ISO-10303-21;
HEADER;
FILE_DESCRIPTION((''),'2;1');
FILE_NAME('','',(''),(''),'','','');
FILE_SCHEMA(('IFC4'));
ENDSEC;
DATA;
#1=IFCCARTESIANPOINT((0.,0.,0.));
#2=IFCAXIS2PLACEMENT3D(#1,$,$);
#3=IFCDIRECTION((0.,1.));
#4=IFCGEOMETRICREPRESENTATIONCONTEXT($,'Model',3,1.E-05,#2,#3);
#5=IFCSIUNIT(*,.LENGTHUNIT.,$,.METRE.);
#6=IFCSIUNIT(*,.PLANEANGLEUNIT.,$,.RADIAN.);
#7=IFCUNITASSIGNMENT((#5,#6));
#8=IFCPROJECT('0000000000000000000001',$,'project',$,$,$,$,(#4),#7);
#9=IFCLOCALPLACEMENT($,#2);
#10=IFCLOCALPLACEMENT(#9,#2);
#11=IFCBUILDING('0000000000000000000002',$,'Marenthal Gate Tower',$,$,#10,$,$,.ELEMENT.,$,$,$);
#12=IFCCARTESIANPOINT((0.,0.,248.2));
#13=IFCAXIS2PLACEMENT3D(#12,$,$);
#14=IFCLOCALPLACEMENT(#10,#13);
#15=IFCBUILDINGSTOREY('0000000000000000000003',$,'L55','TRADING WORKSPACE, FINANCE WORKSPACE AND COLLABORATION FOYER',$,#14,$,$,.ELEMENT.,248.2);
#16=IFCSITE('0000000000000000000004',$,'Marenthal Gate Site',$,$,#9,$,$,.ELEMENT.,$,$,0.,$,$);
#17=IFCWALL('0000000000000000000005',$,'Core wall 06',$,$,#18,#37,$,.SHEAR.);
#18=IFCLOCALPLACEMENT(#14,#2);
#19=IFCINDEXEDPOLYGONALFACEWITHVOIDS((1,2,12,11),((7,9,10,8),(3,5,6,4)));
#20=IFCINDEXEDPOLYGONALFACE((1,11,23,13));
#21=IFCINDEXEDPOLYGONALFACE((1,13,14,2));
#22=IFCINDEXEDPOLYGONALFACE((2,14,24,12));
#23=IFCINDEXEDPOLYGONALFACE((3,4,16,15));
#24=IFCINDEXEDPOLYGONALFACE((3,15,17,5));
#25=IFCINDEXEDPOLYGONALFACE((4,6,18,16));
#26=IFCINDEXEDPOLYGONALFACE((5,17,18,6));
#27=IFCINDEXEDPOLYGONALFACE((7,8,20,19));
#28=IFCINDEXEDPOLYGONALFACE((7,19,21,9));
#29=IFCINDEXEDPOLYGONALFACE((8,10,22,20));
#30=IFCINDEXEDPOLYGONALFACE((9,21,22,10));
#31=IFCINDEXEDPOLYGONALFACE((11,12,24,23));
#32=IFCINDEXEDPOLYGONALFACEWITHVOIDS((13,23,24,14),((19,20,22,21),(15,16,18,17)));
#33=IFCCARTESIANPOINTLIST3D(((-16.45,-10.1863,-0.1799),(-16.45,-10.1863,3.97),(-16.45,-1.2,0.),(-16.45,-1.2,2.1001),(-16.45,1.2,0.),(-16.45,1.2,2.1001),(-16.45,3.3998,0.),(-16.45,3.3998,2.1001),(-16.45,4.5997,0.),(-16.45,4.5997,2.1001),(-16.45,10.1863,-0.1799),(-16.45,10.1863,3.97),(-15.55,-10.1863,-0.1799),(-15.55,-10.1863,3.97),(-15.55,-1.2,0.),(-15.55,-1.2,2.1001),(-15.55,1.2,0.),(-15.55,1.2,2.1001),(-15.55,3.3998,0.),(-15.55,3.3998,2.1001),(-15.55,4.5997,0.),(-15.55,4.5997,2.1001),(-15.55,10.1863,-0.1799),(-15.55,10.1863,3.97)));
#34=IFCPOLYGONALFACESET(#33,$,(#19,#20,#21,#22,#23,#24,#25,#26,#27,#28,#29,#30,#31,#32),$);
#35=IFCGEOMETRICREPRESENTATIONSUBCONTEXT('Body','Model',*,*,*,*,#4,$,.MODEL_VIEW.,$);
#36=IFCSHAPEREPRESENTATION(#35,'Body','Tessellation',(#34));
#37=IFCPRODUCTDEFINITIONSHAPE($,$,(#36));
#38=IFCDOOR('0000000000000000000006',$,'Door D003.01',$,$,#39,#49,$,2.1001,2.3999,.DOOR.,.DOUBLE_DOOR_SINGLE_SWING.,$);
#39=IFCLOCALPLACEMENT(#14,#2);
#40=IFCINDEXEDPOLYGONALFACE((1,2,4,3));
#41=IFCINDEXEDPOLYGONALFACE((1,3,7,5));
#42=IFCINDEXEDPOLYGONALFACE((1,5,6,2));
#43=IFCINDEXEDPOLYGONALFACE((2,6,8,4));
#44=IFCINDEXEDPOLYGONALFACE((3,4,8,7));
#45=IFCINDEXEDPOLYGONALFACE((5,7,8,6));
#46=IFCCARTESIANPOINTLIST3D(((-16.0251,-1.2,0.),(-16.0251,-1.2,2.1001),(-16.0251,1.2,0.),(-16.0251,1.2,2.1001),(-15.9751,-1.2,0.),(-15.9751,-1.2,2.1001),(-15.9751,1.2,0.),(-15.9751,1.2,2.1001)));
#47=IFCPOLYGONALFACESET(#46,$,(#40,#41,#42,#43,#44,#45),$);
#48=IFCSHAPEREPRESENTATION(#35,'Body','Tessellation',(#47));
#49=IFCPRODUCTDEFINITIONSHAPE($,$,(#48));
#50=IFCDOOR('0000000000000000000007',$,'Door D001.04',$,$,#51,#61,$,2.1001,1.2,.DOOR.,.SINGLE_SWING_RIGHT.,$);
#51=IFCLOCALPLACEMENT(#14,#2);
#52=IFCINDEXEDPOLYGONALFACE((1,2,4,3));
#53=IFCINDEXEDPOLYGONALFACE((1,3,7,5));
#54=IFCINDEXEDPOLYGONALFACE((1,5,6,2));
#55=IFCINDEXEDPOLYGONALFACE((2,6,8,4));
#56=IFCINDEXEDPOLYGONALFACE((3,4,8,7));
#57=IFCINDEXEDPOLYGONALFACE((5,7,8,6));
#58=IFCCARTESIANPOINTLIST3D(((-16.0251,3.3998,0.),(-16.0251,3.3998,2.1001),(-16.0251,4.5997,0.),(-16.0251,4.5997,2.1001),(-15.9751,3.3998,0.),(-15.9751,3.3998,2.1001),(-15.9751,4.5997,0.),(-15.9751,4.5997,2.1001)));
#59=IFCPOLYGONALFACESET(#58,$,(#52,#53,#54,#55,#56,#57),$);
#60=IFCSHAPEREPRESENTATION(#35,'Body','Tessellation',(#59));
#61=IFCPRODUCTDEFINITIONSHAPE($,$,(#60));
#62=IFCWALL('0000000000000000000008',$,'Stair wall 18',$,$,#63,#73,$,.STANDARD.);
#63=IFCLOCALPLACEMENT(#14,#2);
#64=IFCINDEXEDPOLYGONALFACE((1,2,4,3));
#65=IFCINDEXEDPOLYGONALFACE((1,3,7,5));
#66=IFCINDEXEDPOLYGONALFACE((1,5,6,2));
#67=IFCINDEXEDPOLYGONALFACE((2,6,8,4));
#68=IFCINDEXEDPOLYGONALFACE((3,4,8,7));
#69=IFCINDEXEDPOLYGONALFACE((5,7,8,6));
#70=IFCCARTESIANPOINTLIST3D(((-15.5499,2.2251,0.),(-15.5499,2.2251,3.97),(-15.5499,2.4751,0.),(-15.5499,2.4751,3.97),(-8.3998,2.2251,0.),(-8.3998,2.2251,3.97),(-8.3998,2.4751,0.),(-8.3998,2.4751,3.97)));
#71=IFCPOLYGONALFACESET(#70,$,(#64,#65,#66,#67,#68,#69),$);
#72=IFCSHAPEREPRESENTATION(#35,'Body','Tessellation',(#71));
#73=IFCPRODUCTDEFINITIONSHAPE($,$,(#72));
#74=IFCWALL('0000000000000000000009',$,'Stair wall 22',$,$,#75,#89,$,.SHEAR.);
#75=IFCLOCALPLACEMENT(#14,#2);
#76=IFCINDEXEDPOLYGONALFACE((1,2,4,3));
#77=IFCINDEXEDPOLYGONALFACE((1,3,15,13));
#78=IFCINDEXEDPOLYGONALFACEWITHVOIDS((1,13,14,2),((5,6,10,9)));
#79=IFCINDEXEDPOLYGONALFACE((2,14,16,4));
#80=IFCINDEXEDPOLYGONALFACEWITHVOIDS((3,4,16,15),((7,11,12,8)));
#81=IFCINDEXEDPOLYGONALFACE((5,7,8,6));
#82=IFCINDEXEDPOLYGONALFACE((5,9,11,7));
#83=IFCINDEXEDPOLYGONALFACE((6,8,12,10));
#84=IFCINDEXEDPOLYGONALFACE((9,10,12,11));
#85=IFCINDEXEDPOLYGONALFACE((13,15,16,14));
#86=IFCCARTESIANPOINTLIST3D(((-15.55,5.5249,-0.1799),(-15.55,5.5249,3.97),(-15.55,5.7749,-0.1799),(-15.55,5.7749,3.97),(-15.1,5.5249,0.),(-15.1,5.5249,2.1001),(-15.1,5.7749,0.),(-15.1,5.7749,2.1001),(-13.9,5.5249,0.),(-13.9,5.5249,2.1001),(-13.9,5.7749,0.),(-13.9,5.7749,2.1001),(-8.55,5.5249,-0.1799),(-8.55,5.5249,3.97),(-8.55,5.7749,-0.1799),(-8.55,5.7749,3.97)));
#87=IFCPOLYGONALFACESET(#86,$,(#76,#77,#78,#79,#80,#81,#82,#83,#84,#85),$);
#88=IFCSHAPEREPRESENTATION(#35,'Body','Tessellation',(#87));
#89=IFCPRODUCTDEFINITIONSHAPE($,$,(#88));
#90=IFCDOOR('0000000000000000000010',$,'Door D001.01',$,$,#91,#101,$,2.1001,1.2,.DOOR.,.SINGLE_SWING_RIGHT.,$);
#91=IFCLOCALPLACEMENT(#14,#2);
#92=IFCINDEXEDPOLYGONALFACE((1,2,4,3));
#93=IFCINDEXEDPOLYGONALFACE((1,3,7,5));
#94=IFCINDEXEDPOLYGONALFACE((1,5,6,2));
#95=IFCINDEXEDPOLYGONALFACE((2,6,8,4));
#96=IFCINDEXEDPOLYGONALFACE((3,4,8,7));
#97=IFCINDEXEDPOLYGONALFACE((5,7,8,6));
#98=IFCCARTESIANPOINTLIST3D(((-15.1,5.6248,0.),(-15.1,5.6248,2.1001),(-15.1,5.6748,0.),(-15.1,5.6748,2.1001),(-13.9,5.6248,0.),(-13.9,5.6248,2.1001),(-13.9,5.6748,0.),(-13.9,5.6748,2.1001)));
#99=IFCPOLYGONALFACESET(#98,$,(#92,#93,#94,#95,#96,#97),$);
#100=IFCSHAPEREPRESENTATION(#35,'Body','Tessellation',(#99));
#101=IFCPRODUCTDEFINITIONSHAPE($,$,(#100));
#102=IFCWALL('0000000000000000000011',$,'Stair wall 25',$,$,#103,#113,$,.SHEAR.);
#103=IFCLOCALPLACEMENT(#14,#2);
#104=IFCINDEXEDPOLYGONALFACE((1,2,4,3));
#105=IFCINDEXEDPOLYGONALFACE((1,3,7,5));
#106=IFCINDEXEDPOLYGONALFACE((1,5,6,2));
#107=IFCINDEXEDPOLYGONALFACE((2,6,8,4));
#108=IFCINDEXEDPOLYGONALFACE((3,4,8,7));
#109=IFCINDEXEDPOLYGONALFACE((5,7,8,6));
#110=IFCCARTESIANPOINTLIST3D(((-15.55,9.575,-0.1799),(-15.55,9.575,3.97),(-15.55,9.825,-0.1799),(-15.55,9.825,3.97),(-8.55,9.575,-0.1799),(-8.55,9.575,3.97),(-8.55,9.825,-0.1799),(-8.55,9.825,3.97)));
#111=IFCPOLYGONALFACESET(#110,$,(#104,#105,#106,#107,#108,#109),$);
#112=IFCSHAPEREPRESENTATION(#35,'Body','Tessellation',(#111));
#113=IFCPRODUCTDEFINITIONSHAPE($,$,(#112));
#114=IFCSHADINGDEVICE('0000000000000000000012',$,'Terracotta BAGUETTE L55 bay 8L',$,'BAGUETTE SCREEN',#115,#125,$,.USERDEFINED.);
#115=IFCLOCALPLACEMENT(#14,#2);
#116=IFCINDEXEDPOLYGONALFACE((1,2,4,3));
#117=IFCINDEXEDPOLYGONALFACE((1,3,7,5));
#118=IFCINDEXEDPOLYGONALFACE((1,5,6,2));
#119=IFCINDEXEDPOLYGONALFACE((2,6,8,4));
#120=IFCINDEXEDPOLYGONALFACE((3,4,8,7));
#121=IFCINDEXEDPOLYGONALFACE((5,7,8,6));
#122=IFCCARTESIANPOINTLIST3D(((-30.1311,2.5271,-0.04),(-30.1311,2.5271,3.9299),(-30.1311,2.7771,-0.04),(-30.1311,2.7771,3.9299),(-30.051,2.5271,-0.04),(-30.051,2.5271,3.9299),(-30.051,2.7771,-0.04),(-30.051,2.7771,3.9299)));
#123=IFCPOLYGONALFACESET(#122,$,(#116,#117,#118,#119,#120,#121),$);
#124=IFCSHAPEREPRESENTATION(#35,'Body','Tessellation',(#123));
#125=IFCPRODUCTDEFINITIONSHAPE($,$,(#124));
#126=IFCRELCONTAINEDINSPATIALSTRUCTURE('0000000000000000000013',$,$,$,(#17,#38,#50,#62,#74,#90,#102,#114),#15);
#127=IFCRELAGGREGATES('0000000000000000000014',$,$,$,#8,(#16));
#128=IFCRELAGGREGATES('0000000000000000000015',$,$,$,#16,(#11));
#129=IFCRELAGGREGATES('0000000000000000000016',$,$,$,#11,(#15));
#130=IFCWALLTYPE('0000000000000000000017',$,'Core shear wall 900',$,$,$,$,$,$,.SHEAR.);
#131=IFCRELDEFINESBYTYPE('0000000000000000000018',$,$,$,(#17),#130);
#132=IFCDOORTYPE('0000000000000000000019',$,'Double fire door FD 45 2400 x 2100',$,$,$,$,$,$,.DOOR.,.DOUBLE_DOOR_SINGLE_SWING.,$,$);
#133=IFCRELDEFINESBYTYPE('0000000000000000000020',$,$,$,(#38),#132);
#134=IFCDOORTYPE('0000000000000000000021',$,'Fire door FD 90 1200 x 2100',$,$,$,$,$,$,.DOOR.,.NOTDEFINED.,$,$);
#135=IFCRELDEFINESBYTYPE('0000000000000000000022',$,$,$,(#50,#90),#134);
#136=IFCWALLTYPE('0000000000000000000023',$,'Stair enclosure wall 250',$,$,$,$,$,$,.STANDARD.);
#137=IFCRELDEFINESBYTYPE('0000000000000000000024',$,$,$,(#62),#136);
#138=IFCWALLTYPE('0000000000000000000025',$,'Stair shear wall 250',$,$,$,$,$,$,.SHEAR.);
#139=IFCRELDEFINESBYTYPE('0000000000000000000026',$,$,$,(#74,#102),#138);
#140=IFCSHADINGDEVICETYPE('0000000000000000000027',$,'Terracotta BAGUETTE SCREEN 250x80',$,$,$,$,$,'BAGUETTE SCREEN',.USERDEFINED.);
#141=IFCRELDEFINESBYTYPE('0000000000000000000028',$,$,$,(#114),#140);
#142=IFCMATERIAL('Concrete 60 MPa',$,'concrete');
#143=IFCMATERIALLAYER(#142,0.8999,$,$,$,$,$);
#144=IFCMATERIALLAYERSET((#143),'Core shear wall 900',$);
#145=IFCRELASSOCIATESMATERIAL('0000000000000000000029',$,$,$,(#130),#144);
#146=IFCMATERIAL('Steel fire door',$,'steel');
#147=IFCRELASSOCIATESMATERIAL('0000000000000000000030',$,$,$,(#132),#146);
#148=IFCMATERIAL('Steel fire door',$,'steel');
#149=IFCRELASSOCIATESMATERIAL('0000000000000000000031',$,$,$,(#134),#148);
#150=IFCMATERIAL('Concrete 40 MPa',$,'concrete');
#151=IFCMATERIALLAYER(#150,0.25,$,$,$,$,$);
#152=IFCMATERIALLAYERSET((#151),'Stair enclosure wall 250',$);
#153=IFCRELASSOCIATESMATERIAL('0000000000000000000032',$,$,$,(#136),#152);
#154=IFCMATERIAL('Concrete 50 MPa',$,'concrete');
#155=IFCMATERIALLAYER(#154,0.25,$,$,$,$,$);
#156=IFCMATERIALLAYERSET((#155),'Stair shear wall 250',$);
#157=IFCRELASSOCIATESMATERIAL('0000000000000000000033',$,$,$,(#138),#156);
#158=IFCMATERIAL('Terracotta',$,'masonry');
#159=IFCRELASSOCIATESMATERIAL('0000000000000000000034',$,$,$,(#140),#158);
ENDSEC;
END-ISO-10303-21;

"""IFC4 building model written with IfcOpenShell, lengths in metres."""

from ifc_helpers import new_model, si_unit, direction, frame, frame_2d, origin, origin_2d, place, context, subcontext, project, spatial, rectangle, extrude, material, layer, layer_set, material_profile, profile_set, type_object, element, fill, save


model = new_model("IFC4")

# Units and contexts
model_context = context("Model", 3, precision=1e-05, world=origin(), true_north=direction((0.0, 1.0)))
body_context = subcontext(model_context, "Body", "Model", "MODEL_VIEW")
ifc_project = project(units=[si_unit("LENGTHUNIT", "METRE"), si_unit("PLANEANGLEUNIT", "RADIAN")], contexts=[model_context])

# Site, building, storey
site_placement = place(None, origin())
site = spatial("IfcSite", under=ifc_project, at=site_placement, Name="Marenthal Gate Site", CompositionType="ELEMENT", RefElevation=0.0)
building_placement = place(site_placement, origin())
building = spatial("IfcBuilding", under=site, at=building_placement, Name="Marenthal Gate Tower", CompositionType="ELEMENT")
storey_placement = place(building_placement, frame((0.0, 0.0, 248.2)))
storey = spatial("IfcBuildingStorey", under=building, at=storey_placement, Name="L55", Description="TRADING WORKSPACE, FINANCE WORKSPACE AND COLLABORATION FOYER", CompositionType="ELEMENT", Elevation=248.2)

# Wall, openings, doors
ifc_material_1 = material(Name="Concrete 60 MPa", Category="concrete")
ifc_layer_1 = layer(ifc_material_1, 0.8999)
ifc_layer_set_1 = layer_set([ifc_layer_1], Name="Core shear wall 900")
wall_type_1 = type_object("IfcWallType", Name="Core shear wall 900", PredefinedType="SHEAR", material=ifc_layer_set_1)
wall_1_placement = place(storey_placement, frame((-16.0, 10.1863, -0.1799), z_axis=(0.0, 0.0, 1.0), x_axis=(0.0, -1.0, 0.0)))
wall_1 = element("IfcWall", 1, at=wall_1_placement, inside=storey, type_object=wall_type_1, Name="Core wall 06", PredefinedType="SHEAR", context=body_context, shape_type="SweptSolid", body=[
    extrude(rectangle(XDim=20.3726, YDim=0.8999, at=frame_2d((10.1863, 0.0))), origin(), (0.0, 0.0, 1.0), 4.1499),
])
opening_1_placement = place(wall_1_placement, frame((8.9863, 0.0, 0.1799)))
opening_1 = element("IfcOpeningElement", 2, at=opening_1_placement, cuts=wall_1, PredefinedType="OPENING", context=body_context, shape_type="SweptSolid", body=[
    extrude(rectangle(XDim=2.3999, YDim=2.1001, at=frame_2d((1.2, 1.05))), frame((0.0, 0.46, 0.0), z_axis=(0.0, -1.0, 0.0), x_axis=(1.0, 0.0, 0.0)), (0.0, 0.0, 1.0), 0.9199),
])
opening_2_placement = place(wall_1_placement, frame((5.5864, 0.0, 0.1799)))
opening_2 = element("IfcOpeningElement", 3, at=opening_2_placement, cuts=wall_1, PredefinedType="OPENING", context=body_context, shape_type="SweptSolid", body=[
    extrude(rectangle(XDim=1.2, YDim=2.1001, at=frame_2d((0.6001, 1.05))), frame((0.0, 0.46, 0.0), z_axis=(0.0, -1.0, 0.0), x_axis=(1.0, 0.0, 0.0)), (0.0, 0.0, 1.0), 0.9199),
])
ifc_material_2 = material(Name="Steel fire door", Category="steel")
door_type_1 = type_object("IfcDoorType", Name="Double fire door FD 45 2400 x 2100", OperationType="DOUBLE_DOOR_SINGLE_SWING", PredefinedType="DOOR", material=ifc_material_2)
door_1_placement = place(opening_1_placement, origin())
door_1 = element("IfcDoor", 4, at=door_1_placement, inside=storey, type_object=door_type_1, Name="Door D003.01", OperationType="DOUBLE_DOOR_SINGLE_SWING", OverallHeight=2.1001, OverallWidth=2.3999, PredefinedType="DOOR", context=body_context, shape_type="SweptSolid", body=[
    extrude(rectangle(XDim=2.3999, YDim=2.1001, at=frame_2d((1.2, 1.05))), frame((0.0, 0.0249, 0.0), z_axis=(0.0, -1.0, 0.0), x_axis=(1.0, 0.0, 0.0)), (0.0, 0.0, 1.0), 0.05),
])
fill(opening_1, door_1)
ifc_material_3 = material(Name="Steel fire door", Category="steel")
door_type_2 = type_object("IfcDoorType", Name="Fire door FD 90 1200 x 2100", OperationType="NOTDEFINED", PredefinedType="DOOR", material=ifc_material_3)
door_2_placement = place(opening_2_placement, origin())
door_2 = element("IfcDoor", 5, at=door_2_placement, inside=storey, type_object=door_type_2, Name="Door D001.04", OperationType="SINGLE_SWING_RIGHT", OverallHeight=2.1001, OverallWidth=1.2, PredefinedType="DOOR", context=body_context, shape_type="SweptSolid", body=[
    extrude(rectangle(XDim=1.2, YDim=2.1001, at=frame_2d((0.6001, 1.05))), frame((0.0, 0.0249, 0.0), z_axis=(0.0, -1.0, 0.0), x_axis=(1.0, 0.0, 0.0)), (0.0, 0.0, 1.0), 0.05),
])
fill(opening_2, door_2)

# Wall
ifc_material_4 = material(Name="Concrete 40 MPa", Category="concrete")
ifc_layer_2 = layer(ifc_material_4, 0.25)
ifc_layer_set_2 = layer_set([ifc_layer_2], Name="Stair enclosure wall 250")
wall_type_2 = type_object("IfcWallType", Name="Stair enclosure wall 250", PredefinedType="STANDARD", material=ifc_layer_set_2)
wall_2_placement = place(storey_placement, frame((-15.55, 2.3501, 0.0), z_axis=(0.0, 0.0, 1.0), x_axis=(1.0, 0.0, 0.0)))
element("IfcWall", 6, at=wall_2_placement, inside=storey, type_object=wall_type_2, Name="Stair wall 18", PredefinedType="STANDARD", context=body_context, shape_type="SweptSolid", body=[
    extrude(rectangle(XDim=7.1501, YDim=0.25, at=frame_2d((3.5752, 0.0))), origin(), (0.0, 0.0, 1.0), 3.97),
])

# Wall, opening, door
ifc_material_5 = material(Name="Concrete 50 MPa", Category="concrete")
ifc_layer_3 = layer(ifc_material_5, 0.25)
ifc_layer_set_3 = layer_set([ifc_layer_3], Name="Stair shear wall 250")
wall_type_3 = type_object("IfcWallType", Name="Stair shear wall 250", PredefinedType="SHEAR", material=ifc_layer_set_3)
wall_3_placement = place(storey_placement, frame((-15.55, 5.6499, -0.1799), z_axis=(0.0, 0.0, 1.0), x_axis=(1.0, 0.0, 0.0)))
wall_3 = element("IfcWall", 7, at=wall_3_placement, inside=storey, type_object=wall_type_3, Name="Stair wall 22", PredefinedType="SHEAR", context=body_context, shape_type="SweptSolid", body=[
    extrude(rectangle(XDim=7.0, YDim=0.25, at=frame_2d((3.5, 0.0))), origin(), (0.0, 0.0, 1.0), 4.1499),
])
opening_3_placement = place(wall_3_placement, frame((0.45, 0.0, 0.1799)))
opening_3 = element("IfcOpeningElement", 8, at=opening_3_placement, cuts=wall_3, PredefinedType="OPENING", context=body_context, shape_type="SweptSolid", body=[
    extrude(rectangle(XDim=1.2, YDim=2.1001, at=frame_2d((0.6001, 1.05))), frame((0.0, 0.135, 0.0), z_axis=(0.0, -1.0, 0.0), x_axis=(1.0, 0.0, 0.0)), (0.0, 0.0, 1.0), 0.27),
])
door_3_placement = place(opening_3_placement, origin())
door_3 = element("IfcDoor", 9, at=door_3_placement, inside=storey, type_object=door_type_2, Name="Door D001.01", OperationType="SINGLE_SWING_RIGHT", OverallHeight=2.1001, OverallWidth=1.2, PredefinedType="DOOR", context=body_context, shape_type="SweptSolid", body=[
    extrude(rectangle(XDim=1.2, YDim=2.1001, at=frame_2d((0.6001, 1.05))), frame((0.0, 0.0249, 0.0), z_axis=(0.0, -1.0, 0.0), x_axis=(1.0, 0.0, 0.0)), (0.0, 0.0, 1.0), 0.05),
])
fill(opening_3, door_3)

# Wall
wall_4_placement = place(storey_placement, frame((-15.55, 9.7, -0.1799), z_axis=(0.0, 0.0, 1.0), x_axis=(1.0, 0.0, 0.0)))
element("IfcWall", 10, at=wall_4_placement, inside=storey, type_object=wall_type_3, Name="Stair wall 25", PredefinedType="SHEAR", context=body_context, shape_type="SweptSolid", body=[
    extrude(rectangle(XDim=7.0, YDim=0.25, at=frame_2d((3.5, 0.0))), origin(), (0.0, 0.0, 1.0), 4.1499),
])

# Shading device
ifc_material_6 = material(Name="Terracotta", Category="masonry")
ifc_material_profile_1 = material_profile(ifc_material_6, rectangle(XDim=0.25, YDim=0.0801, at=origin_2d()), Name="Terracotta baguette 250x80")
ifc_profile_set_1 = profile_set([ifc_material_profile_1], Name="Terracotta")
shading_device_type = type_object("IfcShadingDeviceType", Name="Terracotta BAGUETTE SCREEN 250x80", ElementType="BAGUETTE SCREEN", PredefinedType="USERDEFINED", material=ifc_profile_set_1)
shading_device_placement = place(storey_placement, frame((-30.0911, 2.6521, -0.04), z_axis=(0.0, 0.0, 1.0), x_axis=(0.0, -1.0, 0.0)))
element("IfcShadingDevice", 11, at=shading_device_placement, inside=storey, type_object=shading_device_type, Name="Terracotta BAGUETTE L55 bay 8L", ObjectType="BAGUETTE SCREEN", PredefinedType="USERDEFINED", context=body_context, shape_type="SweptSolid", body=[
    extrude(rectangle(XDim=0.25, YDim=0.0801, at=origin_2d()), origin(), (0.0, 0.0, 1.0), 3.97),
])

save(model, "model.ifc")
